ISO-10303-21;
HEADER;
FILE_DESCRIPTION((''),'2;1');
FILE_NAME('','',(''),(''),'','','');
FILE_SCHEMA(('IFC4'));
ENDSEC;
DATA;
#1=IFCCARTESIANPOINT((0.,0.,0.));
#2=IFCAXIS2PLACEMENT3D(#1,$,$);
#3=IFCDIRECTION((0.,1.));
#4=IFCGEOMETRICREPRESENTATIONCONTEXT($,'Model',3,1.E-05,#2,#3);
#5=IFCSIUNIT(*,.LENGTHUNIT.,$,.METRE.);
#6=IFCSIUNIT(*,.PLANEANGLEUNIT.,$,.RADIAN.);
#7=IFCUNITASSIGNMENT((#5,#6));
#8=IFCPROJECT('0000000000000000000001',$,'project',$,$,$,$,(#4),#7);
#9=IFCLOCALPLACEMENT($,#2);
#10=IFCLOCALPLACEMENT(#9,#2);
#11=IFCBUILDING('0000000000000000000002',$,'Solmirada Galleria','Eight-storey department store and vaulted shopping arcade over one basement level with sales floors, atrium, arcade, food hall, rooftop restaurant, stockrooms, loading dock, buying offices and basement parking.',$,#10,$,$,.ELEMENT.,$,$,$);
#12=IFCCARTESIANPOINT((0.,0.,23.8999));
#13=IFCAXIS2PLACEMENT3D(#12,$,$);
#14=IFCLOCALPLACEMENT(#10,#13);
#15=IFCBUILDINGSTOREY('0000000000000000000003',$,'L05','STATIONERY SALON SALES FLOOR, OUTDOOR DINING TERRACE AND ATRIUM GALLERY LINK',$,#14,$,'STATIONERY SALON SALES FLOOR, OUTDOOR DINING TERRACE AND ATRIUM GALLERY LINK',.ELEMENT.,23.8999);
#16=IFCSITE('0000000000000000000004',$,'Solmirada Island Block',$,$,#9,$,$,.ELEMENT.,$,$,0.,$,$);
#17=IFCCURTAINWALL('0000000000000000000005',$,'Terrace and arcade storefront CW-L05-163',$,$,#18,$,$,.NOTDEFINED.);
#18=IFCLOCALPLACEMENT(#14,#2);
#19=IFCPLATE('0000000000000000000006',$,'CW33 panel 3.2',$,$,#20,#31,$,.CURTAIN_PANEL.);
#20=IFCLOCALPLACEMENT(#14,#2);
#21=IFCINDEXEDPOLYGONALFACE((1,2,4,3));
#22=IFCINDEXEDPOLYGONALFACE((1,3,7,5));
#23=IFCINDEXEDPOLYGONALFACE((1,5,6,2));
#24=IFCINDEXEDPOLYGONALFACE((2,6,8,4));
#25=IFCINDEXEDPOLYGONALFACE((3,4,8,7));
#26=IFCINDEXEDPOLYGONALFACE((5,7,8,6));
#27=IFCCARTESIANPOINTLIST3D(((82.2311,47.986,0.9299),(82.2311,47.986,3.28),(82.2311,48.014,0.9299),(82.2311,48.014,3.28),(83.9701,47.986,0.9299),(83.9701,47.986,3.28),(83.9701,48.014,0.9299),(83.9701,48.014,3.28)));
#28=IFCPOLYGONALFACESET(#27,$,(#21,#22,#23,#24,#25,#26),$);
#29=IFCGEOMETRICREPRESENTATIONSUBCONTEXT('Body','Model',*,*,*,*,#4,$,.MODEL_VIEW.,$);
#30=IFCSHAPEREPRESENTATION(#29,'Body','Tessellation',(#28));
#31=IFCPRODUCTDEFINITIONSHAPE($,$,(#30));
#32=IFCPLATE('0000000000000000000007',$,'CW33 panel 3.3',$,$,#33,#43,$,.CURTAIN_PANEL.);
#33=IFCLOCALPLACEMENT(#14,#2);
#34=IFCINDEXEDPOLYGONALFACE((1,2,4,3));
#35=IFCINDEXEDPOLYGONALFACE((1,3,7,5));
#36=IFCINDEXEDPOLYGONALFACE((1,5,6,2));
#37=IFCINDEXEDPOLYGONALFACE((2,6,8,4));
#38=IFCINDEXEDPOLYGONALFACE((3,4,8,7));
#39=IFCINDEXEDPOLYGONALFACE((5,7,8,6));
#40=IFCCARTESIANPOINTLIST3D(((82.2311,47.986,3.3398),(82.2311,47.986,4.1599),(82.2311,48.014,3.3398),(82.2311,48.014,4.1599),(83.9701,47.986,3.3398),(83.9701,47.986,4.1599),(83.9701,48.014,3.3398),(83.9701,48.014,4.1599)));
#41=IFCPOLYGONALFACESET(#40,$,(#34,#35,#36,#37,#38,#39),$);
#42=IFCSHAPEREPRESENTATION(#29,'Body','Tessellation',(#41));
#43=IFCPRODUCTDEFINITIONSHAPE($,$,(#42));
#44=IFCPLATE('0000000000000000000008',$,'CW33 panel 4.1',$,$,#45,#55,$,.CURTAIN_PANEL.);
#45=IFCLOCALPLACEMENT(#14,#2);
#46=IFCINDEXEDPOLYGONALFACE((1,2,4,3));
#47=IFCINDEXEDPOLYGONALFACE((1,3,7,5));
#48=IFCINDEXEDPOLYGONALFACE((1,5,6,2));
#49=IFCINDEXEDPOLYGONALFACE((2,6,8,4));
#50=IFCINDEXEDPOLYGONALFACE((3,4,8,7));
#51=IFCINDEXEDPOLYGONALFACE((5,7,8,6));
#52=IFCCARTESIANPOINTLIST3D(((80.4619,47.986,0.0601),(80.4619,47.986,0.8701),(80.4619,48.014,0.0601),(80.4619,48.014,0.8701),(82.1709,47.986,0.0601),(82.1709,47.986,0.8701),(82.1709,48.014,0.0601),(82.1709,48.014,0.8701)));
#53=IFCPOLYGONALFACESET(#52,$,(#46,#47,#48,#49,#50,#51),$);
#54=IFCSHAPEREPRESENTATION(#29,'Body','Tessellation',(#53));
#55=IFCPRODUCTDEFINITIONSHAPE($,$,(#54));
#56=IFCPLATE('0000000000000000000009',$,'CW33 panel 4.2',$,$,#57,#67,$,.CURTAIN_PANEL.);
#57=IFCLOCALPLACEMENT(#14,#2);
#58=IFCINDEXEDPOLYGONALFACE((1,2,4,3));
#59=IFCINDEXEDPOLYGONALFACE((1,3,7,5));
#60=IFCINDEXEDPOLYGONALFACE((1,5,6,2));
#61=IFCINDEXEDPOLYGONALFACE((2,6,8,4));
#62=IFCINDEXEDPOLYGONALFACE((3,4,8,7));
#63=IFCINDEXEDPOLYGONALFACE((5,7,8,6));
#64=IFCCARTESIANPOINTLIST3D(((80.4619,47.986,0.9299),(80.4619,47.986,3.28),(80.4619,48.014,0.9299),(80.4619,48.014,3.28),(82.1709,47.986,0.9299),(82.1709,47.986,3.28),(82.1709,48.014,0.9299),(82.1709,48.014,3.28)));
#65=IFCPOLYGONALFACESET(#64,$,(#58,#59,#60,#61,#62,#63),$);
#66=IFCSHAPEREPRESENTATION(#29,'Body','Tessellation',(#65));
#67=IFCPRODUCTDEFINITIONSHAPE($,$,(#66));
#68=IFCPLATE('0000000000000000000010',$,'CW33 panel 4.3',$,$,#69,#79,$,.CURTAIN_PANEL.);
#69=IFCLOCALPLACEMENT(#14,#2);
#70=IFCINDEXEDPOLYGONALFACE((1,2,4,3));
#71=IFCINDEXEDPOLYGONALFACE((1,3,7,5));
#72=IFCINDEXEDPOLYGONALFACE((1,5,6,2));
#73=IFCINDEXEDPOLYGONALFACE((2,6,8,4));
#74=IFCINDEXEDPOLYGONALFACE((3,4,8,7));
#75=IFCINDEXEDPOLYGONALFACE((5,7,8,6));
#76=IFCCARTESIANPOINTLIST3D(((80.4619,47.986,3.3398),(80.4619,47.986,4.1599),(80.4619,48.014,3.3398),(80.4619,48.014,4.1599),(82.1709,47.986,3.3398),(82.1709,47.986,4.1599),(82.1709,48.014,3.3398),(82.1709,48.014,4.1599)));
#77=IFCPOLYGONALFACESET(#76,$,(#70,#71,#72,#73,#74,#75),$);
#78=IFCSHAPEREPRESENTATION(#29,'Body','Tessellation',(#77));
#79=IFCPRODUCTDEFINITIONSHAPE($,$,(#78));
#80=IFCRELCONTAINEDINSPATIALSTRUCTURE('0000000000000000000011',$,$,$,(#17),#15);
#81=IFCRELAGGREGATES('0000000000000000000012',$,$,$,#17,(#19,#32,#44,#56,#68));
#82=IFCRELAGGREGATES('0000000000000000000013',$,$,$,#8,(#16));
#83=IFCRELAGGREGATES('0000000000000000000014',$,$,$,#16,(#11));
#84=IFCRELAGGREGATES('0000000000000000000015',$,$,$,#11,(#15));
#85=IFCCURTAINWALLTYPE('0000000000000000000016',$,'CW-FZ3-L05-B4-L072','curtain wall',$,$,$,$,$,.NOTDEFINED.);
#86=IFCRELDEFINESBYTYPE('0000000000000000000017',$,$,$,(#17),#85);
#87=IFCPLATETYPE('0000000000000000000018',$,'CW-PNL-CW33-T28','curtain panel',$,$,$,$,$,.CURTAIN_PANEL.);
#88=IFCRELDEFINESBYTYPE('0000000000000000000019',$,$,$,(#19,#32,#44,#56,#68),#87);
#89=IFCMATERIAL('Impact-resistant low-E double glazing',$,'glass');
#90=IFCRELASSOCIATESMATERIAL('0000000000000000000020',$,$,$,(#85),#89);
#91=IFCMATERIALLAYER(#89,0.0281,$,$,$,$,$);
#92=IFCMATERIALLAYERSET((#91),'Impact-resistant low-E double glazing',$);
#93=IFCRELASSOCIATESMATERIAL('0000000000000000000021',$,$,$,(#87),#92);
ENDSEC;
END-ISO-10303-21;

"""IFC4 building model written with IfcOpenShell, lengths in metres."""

from ifc_helpers import new_model, si_unit, direction, frame, origin, origin_2d, place, context, subcontext, project, spatial, rectangle, extrude, material, layer, layer_set, type_object, element, aggregate, save


model = new_model("IFC4")

# Units and contexts
model_context = context("Model", 3, precision=1e-05, world=origin(), true_north=direction((0.0, 1.0)))
body_context = subcontext(model_context, "Body", "Model", "MODEL_VIEW")
ifc_project = project(units=[si_unit("LENGTHUNIT", "METRE"), si_unit("PLANEANGLEUNIT", "RADIAN")], contexts=[model_context])

# Site, building, storey
site_placement = place(None, origin())
site = spatial("IfcSite", under=ifc_project, at=site_placement, Name="Solmirada Island Block", CompositionType="ELEMENT", RefElevation=0.0)
building_placement = place(site_placement, origin())
building = spatial("IfcBuilding", under=site, at=building_placement, Name="Solmirada Galleria", Description="Eight-storey department store and vaulted shopping arcade over one basement level with sales floors, atrium, arcade, food hall, rooftop restaurant, stockrooms, loading dock, buying offices and basement parking.", CompositionType="ELEMENT")
storey_placement = place(building_placement, frame((0.0, 0.0, 23.8999)))
storey = spatial("IfcBuildingStorey", under=building, at=storey_placement, Name="L05", Description="STATIONERY SALON SALES FLOOR, OUTDOOR DINING TERRACE AND ATRIUM GALLERY LINK", LongName="STATIONERY SALON SALES FLOOR, OUTDOOR DINING TERRACE AND ATRIUM GALLERY LINK", CompositionType="ELEMENT", Elevation=23.8999)

# Curtain wall, plates
ifc_material_1 = material(Name="Impact-resistant low-E double glazing", Category="glass")
curtain_wall_type = type_object("IfcCurtainWallType", Name="CW-FZ3-L05-B4-L072", Description="curtain wall", PredefinedType="NOTDEFINED", material=ifc_material_1)
curtain_wall_placement = place(storey_placement, origin())
curtain_wall = element("IfcCurtainWall", 1, at=curtain_wall_placement, inside=storey, type_object=curtain_wall_type, Name="Terrace and arcade storefront CW-L05-163", PredefinedType="NOTDEFINED")
ifc_layer = layer(ifc_material_1, 0.0281)
ifc_layer_set = layer_set([ifc_layer], Name="Impact-resistant low-E double glazing")
plate_type = type_object("IfcPlateType", Name="CW-PNL-CW33-T28", Description="curtain panel", PredefinedType="CURTAIN_PANEL", material=ifc_layer_set)
plate_1_placement = place(storey_placement, frame((83.1006, 48.0, 0.9299), z_axis=(0.0, 0.0, 1.0), x_axis=(-1.0, 0.0, 0.0)))
plate_1 = element("IfcPlate", 2, at=plate_1_placement, type_object=plate_type, Name="CW33 panel 3.2", PredefinedType="CURTAIN_PANEL", context=body_context, shape_type="SweptSolid", body=[
    extrude(rectangle(XDim=1.739, YDim=0.0281, at=origin_2d()), origin(), (0.0, 0.0, 1.0), 2.3501),
])
plate_2_placement = place(storey_placement, frame((83.1006, 48.0, 3.3398), z_axis=(0.0, 0.0, 1.0), x_axis=(-1.0, 0.0, 0.0)))
plate_2 = element("IfcPlate", 3, at=plate_2_placement, type_object=plate_type, Name="CW33 panel 3.3", PredefinedType="CURTAIN_PANEL", context=body_context, shape_type="SweptSolid", body=[
    extrude(rectangle(XDim=1.739, YDim=0.0281, at=origin_2d()), origin(), (0.0, 0.0, 1.0), 0.8201),
])
plate_3_placement = place(storey_placement, frame((81.3164, 48.0, 0.0601), z_axis=(0.0, 0.0, 1.0), x_axis=(-1.0, 0.0, 0.0)))
plate_3 = element("IfcPlate", 4, at=plate_3_placement, type_object=plate_type, Name="CW33 panel 4.1", PredefinedType="CURTAIN_PANEL", context=body_context, shape_type="SweptSolid", body=[
    extrude(rectangle(XDim=1.709, YDim=0.0281, at=origin_2d()), origin(), (0.0, 0.0, 1.0), 0.8101),
])
plate_4_placement = place(storey_placement, frame((81.3164, 48.0, 0.9299), z_axis=(0.0, 0.0, 1.0), x_axis=(-1.0, 0.0, 0.0)))
plate_4 = element("IfcPlate", 5, at=plate_4_placement, type_object=plate_type, Name="CW33 panel 4.2", PredefinedType="CURTAIN_PANEL", context=body_context, shape_type="SweptSolid", body=[
    extrude(rectangle(XDim=1.709, YDim=0.0281, at=origin_2d()), origin(), (0.0, 0.0, 1.0), 2.3501),
])
plate_5_placement = place(storey_placement, frame((81.3164, 48.0, 3.3398), z_axis=(0.0, 0.0, 1.0), x_axis=(-1.0, 0.0, 0.0)))
plate_5 = element("IfcPlate", 6, at=plate_5_placement, type_object=plate_type, Name="CW33 panel 4.3", PredefinedType="CURTAIN_PANEL", context=body_context, shape_type="SweptSolid", body=[
    extrude(rectangle(XDim=1.709, YDim=0.0281, at=origin_2d()), origin(), (0.0, 0.0, 1.0), 0.8201),
])
aggregate(curtain_wall, [plate_1, plate_2, plate_3, plate_4, plate_5])

save(model, "model.ifc")
